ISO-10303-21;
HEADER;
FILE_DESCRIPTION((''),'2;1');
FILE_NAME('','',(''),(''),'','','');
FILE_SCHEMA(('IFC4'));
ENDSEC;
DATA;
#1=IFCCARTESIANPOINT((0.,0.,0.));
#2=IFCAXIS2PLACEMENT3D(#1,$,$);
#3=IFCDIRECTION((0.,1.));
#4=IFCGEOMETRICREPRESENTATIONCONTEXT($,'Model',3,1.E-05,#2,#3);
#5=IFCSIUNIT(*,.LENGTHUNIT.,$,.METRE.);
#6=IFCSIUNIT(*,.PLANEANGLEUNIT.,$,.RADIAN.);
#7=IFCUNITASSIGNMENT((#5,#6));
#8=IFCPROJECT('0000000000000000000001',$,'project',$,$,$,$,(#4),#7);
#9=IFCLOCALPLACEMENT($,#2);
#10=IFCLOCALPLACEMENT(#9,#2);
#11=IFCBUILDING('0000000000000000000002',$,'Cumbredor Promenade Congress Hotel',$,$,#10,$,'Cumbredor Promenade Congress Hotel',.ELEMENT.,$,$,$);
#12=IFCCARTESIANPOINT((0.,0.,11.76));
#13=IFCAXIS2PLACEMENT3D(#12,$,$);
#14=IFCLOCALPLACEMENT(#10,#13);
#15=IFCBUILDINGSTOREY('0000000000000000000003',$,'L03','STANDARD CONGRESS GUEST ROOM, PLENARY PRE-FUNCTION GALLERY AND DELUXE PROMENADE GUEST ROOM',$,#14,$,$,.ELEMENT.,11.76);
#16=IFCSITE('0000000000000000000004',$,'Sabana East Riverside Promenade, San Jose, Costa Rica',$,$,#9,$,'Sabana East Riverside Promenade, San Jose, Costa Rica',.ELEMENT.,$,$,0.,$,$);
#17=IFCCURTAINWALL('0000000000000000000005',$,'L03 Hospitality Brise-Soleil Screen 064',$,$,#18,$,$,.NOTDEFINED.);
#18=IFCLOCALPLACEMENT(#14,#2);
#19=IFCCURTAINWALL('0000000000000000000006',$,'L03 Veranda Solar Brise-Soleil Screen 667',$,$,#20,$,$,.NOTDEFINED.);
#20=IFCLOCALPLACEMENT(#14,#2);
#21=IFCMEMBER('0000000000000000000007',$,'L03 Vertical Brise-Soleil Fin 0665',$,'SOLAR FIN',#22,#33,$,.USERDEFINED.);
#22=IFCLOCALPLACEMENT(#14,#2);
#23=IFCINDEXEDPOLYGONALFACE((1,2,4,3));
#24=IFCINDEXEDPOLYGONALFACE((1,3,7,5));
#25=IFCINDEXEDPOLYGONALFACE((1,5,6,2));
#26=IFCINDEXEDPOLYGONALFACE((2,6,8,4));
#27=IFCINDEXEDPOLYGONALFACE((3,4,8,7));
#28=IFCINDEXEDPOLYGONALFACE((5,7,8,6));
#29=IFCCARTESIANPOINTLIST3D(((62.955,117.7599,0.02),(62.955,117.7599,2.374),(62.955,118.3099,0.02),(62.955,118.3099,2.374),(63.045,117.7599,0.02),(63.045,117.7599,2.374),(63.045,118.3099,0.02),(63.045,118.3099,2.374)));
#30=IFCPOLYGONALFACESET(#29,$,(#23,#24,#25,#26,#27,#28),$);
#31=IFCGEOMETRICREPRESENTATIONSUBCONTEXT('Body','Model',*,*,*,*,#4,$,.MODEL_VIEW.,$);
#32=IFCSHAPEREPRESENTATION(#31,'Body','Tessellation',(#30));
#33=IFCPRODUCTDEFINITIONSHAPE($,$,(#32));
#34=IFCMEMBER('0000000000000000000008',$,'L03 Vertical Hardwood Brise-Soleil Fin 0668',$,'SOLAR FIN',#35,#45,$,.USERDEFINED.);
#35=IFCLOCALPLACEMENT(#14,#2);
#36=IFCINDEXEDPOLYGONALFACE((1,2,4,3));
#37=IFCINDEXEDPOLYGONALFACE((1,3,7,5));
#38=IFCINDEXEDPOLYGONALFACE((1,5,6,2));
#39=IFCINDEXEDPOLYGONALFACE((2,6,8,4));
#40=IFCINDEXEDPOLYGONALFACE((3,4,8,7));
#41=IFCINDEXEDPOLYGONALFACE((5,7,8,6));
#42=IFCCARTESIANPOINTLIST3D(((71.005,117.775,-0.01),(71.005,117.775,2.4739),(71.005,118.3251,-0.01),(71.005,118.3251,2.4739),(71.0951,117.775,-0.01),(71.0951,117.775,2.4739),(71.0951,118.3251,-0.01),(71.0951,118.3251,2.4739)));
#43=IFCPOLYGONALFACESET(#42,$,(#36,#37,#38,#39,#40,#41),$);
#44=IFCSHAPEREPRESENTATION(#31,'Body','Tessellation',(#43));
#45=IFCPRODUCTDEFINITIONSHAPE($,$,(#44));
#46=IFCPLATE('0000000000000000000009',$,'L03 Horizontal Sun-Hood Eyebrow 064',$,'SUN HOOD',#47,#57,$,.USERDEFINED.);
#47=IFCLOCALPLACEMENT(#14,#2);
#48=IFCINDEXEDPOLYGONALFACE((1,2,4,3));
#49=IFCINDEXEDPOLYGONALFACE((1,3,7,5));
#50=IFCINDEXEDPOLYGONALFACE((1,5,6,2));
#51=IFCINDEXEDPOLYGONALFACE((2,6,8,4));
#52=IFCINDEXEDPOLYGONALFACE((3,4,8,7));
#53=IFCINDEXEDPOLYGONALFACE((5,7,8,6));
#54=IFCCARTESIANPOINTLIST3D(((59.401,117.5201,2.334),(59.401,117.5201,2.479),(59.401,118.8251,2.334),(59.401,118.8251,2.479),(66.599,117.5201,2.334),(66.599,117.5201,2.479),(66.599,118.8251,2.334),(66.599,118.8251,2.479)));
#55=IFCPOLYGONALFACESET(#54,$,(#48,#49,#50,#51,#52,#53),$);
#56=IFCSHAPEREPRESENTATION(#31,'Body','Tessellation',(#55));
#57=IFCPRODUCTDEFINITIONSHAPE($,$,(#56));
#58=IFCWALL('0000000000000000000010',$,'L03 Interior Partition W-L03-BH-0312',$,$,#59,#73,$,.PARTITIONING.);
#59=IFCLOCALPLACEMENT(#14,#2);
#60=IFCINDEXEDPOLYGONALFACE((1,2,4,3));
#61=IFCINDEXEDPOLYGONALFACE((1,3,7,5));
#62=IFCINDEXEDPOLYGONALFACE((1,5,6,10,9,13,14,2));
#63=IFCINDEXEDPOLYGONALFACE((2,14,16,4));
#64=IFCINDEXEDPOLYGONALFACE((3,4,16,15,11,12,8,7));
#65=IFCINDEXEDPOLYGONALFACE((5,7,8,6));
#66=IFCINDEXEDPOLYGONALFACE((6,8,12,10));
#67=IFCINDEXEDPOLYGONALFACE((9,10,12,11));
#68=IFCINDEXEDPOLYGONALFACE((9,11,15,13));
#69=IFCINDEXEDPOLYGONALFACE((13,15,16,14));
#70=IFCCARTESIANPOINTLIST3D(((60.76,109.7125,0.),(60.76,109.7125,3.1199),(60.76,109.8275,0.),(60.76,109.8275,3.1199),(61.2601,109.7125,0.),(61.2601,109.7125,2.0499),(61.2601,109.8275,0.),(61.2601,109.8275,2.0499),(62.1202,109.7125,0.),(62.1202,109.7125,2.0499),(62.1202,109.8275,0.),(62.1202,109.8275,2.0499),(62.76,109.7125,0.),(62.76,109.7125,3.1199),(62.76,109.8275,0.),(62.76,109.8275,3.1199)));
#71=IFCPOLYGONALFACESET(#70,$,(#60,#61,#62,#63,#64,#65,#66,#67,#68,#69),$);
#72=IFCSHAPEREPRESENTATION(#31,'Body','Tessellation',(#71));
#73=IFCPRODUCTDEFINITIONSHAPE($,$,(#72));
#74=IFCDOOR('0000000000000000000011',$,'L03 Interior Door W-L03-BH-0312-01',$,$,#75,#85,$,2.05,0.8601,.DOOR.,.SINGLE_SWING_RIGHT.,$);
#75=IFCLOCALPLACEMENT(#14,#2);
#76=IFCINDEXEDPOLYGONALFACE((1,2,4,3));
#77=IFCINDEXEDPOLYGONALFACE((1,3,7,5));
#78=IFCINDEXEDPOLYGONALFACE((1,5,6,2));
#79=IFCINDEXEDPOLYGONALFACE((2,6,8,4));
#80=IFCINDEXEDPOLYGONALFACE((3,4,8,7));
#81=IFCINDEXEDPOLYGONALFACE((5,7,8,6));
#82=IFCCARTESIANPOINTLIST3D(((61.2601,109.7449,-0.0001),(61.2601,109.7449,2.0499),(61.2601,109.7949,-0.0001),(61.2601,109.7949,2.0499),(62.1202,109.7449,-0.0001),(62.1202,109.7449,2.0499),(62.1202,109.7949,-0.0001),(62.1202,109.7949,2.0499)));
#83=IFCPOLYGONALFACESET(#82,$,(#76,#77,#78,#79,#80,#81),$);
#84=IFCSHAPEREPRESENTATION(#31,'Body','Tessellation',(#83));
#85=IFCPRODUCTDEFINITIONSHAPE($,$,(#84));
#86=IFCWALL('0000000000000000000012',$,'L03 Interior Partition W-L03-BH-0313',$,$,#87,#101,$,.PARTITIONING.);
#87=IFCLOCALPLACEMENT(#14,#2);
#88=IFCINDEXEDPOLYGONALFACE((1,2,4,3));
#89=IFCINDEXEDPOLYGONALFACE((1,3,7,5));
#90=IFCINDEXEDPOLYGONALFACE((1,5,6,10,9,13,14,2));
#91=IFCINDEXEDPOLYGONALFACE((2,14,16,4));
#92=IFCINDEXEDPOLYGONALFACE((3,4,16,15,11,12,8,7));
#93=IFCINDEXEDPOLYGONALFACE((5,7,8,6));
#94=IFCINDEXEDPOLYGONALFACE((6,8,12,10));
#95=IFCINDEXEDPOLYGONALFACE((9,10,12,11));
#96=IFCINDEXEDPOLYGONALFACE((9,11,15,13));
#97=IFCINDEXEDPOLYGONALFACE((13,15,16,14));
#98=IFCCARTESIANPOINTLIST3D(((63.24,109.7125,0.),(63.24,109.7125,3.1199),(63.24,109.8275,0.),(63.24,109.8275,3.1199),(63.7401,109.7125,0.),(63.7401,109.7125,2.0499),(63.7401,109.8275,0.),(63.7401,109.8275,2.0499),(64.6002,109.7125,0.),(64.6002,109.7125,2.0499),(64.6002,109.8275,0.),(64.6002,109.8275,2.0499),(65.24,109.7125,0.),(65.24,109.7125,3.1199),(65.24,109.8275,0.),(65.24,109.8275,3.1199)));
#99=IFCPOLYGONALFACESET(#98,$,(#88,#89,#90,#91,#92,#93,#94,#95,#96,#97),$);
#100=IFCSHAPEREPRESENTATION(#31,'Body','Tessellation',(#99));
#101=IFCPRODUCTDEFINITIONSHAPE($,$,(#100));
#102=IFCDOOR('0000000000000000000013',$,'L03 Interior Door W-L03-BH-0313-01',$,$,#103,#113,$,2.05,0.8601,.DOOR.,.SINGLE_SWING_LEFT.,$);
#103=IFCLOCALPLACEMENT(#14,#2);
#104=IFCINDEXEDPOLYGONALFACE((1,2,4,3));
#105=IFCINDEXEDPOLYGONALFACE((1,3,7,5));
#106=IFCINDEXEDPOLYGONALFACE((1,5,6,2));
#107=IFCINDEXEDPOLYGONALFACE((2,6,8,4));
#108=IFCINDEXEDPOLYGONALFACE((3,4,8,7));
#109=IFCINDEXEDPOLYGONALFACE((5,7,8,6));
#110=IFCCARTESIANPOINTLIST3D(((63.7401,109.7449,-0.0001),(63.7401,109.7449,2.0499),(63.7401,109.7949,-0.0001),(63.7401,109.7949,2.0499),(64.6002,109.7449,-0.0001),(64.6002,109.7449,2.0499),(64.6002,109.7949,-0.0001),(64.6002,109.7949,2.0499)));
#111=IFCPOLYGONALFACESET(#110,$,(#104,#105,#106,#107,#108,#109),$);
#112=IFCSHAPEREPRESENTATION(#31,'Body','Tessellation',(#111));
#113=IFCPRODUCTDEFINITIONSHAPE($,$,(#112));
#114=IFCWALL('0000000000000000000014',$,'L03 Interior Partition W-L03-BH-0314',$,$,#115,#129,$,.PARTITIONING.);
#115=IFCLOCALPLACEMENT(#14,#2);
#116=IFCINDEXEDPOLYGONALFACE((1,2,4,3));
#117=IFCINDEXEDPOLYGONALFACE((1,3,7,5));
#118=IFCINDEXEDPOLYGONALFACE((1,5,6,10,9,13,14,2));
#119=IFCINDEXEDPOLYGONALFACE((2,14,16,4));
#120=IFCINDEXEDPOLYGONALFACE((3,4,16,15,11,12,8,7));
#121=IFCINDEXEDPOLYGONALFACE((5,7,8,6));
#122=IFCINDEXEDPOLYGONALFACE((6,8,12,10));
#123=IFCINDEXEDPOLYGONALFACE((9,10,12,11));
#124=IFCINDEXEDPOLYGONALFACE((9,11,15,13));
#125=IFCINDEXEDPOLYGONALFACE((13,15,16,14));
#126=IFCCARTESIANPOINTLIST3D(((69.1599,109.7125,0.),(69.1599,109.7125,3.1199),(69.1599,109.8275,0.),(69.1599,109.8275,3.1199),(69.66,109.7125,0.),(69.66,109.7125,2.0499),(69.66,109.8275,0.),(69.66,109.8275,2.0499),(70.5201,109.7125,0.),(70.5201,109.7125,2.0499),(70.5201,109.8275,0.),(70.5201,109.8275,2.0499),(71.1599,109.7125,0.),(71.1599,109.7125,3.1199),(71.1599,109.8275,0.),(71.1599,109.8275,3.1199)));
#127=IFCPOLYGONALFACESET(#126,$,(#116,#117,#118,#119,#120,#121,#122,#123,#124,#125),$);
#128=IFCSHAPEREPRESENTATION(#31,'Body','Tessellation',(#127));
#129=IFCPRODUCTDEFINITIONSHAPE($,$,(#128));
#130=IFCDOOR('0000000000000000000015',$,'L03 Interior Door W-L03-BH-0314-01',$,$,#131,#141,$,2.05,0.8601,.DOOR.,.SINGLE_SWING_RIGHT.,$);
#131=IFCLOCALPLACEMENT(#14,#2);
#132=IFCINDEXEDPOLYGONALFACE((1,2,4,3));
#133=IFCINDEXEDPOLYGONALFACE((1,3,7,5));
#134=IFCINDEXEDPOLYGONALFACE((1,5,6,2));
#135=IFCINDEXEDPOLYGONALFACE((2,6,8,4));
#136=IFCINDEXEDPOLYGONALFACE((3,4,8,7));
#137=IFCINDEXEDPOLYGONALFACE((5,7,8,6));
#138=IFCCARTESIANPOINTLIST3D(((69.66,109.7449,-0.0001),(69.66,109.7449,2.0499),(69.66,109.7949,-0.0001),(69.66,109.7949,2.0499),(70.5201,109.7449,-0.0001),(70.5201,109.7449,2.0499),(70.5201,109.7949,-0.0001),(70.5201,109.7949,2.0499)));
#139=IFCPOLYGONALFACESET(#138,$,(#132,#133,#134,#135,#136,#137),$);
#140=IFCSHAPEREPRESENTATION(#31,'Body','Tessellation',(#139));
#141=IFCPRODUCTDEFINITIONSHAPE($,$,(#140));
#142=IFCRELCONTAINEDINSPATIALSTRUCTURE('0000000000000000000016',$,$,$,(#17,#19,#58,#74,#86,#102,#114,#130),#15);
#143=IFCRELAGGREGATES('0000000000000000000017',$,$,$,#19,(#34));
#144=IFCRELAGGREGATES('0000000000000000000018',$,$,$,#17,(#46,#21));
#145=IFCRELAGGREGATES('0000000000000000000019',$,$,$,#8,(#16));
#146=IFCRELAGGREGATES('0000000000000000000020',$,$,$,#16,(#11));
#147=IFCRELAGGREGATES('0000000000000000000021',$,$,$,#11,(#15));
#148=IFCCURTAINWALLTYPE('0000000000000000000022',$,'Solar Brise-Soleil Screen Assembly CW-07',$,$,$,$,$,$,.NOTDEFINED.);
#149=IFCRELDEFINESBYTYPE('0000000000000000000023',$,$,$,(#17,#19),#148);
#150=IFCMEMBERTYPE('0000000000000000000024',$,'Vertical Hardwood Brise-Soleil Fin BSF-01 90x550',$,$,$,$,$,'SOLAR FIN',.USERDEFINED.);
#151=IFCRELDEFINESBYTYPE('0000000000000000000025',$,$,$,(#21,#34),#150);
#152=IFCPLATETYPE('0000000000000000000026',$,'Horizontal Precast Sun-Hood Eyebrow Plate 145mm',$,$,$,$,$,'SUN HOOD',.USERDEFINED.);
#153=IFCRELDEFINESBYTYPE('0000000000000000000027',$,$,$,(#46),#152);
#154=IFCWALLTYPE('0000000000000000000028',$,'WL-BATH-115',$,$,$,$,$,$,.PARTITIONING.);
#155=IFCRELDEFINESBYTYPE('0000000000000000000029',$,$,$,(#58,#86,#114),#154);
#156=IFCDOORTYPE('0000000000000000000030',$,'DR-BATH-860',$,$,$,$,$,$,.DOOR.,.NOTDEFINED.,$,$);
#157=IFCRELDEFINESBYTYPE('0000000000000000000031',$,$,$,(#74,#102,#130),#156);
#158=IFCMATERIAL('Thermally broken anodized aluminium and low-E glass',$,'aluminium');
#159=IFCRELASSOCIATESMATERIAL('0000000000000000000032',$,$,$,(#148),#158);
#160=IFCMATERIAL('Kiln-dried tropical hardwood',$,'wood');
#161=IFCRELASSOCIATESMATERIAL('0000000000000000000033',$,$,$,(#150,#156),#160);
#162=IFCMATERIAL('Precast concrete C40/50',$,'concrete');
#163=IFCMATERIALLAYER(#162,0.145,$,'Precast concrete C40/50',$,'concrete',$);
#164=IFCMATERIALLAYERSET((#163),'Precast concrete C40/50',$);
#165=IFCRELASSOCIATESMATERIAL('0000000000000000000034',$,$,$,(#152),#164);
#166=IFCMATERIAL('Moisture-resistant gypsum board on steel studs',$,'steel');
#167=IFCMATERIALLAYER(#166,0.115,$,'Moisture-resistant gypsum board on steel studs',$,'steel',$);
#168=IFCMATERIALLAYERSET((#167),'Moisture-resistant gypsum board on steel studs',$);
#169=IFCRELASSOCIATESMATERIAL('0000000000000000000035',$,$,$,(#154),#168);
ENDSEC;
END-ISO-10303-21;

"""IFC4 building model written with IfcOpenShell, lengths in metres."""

from ifc_helpers import new_model, si_unit, direction, frame, frame_2d, origin, origin_2d, place, context, subcontext, project, spatial, rectangle, extrude, material, layer, layer_set, material_profile, profile_set, type_object, element, fill, aggregate, save


model = new_model("IFC4")

# Units and contexts
model_context = context("Model", 3, precision=1e-05, world=origin(), true_north=direction((0.0, 1.0)))
body_context = subcontext(model_context, "Body", "Model", "MODEL_VIEW")
ifc_project = project(units=[si_unit("LENGTHUNIT", "METRE"), si_unit("PLANEANGLEUNIT", "RADIAN")], contexts=[model_context])

# Site, building, storey
site_placement = place(None, origin())
site = spatial("IfcSite", under=ifc_project, at=site_placement, Name="Sabana East Riverside Promenade, San Jose, Costa Rica", LongName="Sabana East Riverside Promenade, San Jose, Costa Rica", CompositionType="ELEMENT", RefElevation=0.0)
building_placement = place(site_placement, origin())
building = spatial("IfcBuilding", under=site, at=building_placement, Name="Cumbredor Promenade Congress Hotel", LongName="Cumbredor Promenade Congress Hotel", CompositionType="ELEMENT")
storey_placement = place(building_placement, frame((0.0, 0.0, 11.76)))
storey = spatial("IfcBuildingStorey", under=building, at=storey_placement, Name="L03", Description="STANDARD CONGRESS GUEST ROOM, PLENARY PRE-FUNCTION GALLERY AND DELUXE PROMENADE GUEST ROOM", CompositionType="ELEMENT", Elevation=11.76)

# Curtain walls
ifc_material_1 = material(Name="Thermally broken anodized aluminium and low-E glass", Category="aluminium")
curtain_wall_type = type_object("IfcCurtainWallType", Name="Solar Brise-Soleil Screen Assembly CW-07", PredefinedType="NOTDEFINED", material=ifc_material_1)
curtain_wall_1_placement = place(storey_placement, origin())
curtain_wall_1 = element("IfcCurtainWall", 1, at=curtain_wall_1_placement, inside=storey, type_object=curtain_wall_type, Name="L03 Hospitality Brise-Soleil Screen 064", PredefinedType="NOTDEFINED")
curtain_wall_2_placement = place(storey_placement, origin())
curtain_wall_2 = element("IfcCurtainWall", 2, at=curtain_wall_2_placement, inside=storey, type_object=curtain_wall_type, Name="L03 Veranda Solar Brise-Soleil Screen 667", PredefinedType="NOTDEFINED")

# Members
ifc_material_2 = material(Name="Kiln-dried tropical hardwood", Category="wood")
ifc_material_profile_1 = material_profile(ifc_material_2, rectangle(XDim=0.0901, YDim=0.55, at=origin_2d()), Name="ARCH FIN 90x550")
ifc_profile_set_1 = profile_set([ifc_material_profile_1], Name="Kiln-dried tropical hardwood")
member_type_1 = type_object("IfcMemberType", Name="Vertical Hardwood Brise-Soleil Fin BSF-01 90x550", ElementType="SOLAR FIN", PredefinedType="USERDEFINED", material=ifc_profile_set_1)
member_1_placement = place(storey_placement, frame((63.0, 118.0349, 0.02), z_axis=(0.0, 0.0, 1.0), x_axis=(1.0, 0.0, 0.0)))
member_1 = element("IfcMember", 3, at=member_1_placement, type_object=member_type_1, Name="L03 Vertical Brise-Soleil Fin 0665", ObjectType="SOLAR FIN", PredefinedType="USERDEFINED", context=body_context, shape_type="SweptSolid", body=[
    extrude(rectangle(XDim=0.0901, YDim=0.55, at=origin_2d()), origin(), (0.0, 0.0, 1.0), 2.354),
])
member_2_placement = place(storey_placement, frame((71.05, 118.05, -0.01), z_axis=(0.0, 0.0, 1.0), x_axis=(1.0, 0.0, 0.0)))
member_2 = element("IfcMember", 4, at=member_2_placement, type_object=member_type_1, Name="L03 Vertical Hardwood Brise-Soleil Fin 0668", ObjectType="SOLAR FIN", PredefinedType="USERDEFINED", context=body_context, shape_type="SweptSolid", body=[
    extrude(rectangle(XDim=0.0901, YDim=0.55, at=origin_2d()), origin(), (0.0, 0.0, 1.0), 2.4839),
])
aggregate(curtain_wall_2, [member_2])

# Plate
ifc_material_3 = material(Name="Precast concrete C40/50", Category="concrete")
ifc_layer_1 = layer(ifc_material_3, 0.145, Name="Precast concrete C40/50", Category="concrete")
ifc_layer_set_1 = layer_set([ifc_layer_1], Name="Precast concrete C40/50")
plate_type = type_object("IfcPlateType", Name="Horizontal Precast Sun-Hood Eyebrow Plate 145mm", ElementType="SUN HOOD", PredefinedType="USERDEFINED", material=ifc_layer_set_1)
plate_placement = place(storey_placement, frame((63.0, 118.1726, 2.334), z_axis=(0.0, 0.0, 1.0), x_axis=(1.0, 0.0, 0.0)))
plate = element("IfcPlate", 5, at=plate_placement, type_object=plate_type, Name="L03 Horizontal Sun-Hood Eyebrow 064", ObjectType="SUN HOOD", PredefinedType="USERDEFINED", context=body_context, shape_type="SweptSolid", body=[
    extrude(rectangle(XDim=7.198, YDim=1.3049, at=origin_2d()), origin(), (0.0, 0.0, 1.0), 0.145),
])
aggregate(curtain_wall_1, [plate, member_1])

# Walls, openings, doors
ifc_material_4 = material(Name="Moisture-resistant gypsum board on steel studs", Category="steel")
ifc_layer_2 = layer(ifc_material_4, 0.115, Name="Moisture-resistant gypsum board on steel studs", Category="steel")
ifc_layer_set_2 = layer_set([ifc_layer_2], Name="Moisture-resistant gypsum board on steel studs")
wall_type_1 = type_object("IfcWallType", Name="WL-BATH-115", PredefinedType="PARTITIONING", material=ifc_layer_set_2)
wall_1_placement = place(storey_placement, frame((60.76, 109.77, 0.0), z_axis=(0.0, 0.0, 1.0), x_axis=(1.0, 0.0, 0.0)))
wall_1 = element("IfcWall", 6, at=wall_1_placement, inside=storey, type_object=wall_type_1, Name="L03 Interior Partition W-L03-BH-0312", PredefinedType="PARTITIONING", context=body_context, shape_type="SweptSolid", body=[
    extrude(rectangle(XDim=2.0, YDim=0.115, at=frame_2d((1.0, 0.0))), origin(), (0.0, 0.0, 1.0), 3.1199),
])
opening_1_placement = place(wall_1_placement, frame((0.5, 0.0, 0.0)))
opening_1 = element("IfcOpeningElement", 7, at=opening_1_placement, cuts=wall_1, PredefinedType="OPENING", context=body_context, shape_type="SweptSolid", body=[
    extrude(rectangle(XDim=0.8601, YDim=2.05, at=frame_2d((0.4302, 1.0249))), frame((0.0, 0.0674, 0.0), z_axis=(0.0, -1.0, 0.0), x_axis=(1.0, 0.0, 0.0)), (0.0, 0.0, 1.0), 0.135),
])
door_type_1 = type_object("IfcDoorType", Name="DR-BATH-860", OperationType="NOTDEFINED", PredefinedType="DOOR", material=ifc_material_2)
door_1_placement = place(opening_1_placement, origin())
door_1 = element("IfcDoor", 8, at=door_1_placement, inside=storey, type_object=door_type_1, Name="L03 Interior Door W-L03-BH-0312-01", OperationType="SINGLE_SWING_RIGHT", OverallHeight=2.05, OverallWidth=0.8601, PredefinedType="DOOR", context=body_context, shape_type="SweptSolid", body=[
    extrude(rectangle(XDim=0.8601, YDim=2.05, at=frame_2d((0.4302, 1.0249))), frame((0.0, 0.0249, 0.0), z_axis=(0.0, -1.0, 0.0), x_axis=(1.0, 0.0, 0.0)), (0.0, 0.0, 1.0), 0.05),
])
fill(opening_1, door_1)
wall_2_placement = place(storey_placement, frame((63.24, 109.77, 0.0), z_axis=(0.0, 0.0, 1.0), x_axis=(1.0, 0.0, 0.0)))
wall_2 = element("IfcWall", 9, at=wall_2_placement, inside=storey, type_object=wall_type_1, Name="L03 Interior Partition W-L03-BH-0313", PredefinedType="PARTITIONING", context=body_context, shape_type="SweptSolid", body=[
    extrude(rectangle(XDim=2.0, YDim=0.115, at=frame_2d((1.0, 0.0))), origin(), (0.0, 0.0, 1.0), 3.1199),
])
opening_2_placement = place(wall_2_placement, frame((0.5, 0.0, 0.0)))
opening_2 = element("IfcOpeningElement", 10, at=opening_2_placement, cuts=wall_2, PredefinedType="OPENING", context=body_context, shape_type="SweptSolid", body=[
    extrude(rectangle(XDim=0.8601, YDim=2.05, at=frame_2d((0.4302, 1.0249))), frame((0.0, 0.0674, 0.0), z_axis=(0.0, -1.0, 0.0), x_axis=(1.0, 0.0, 0.0)), (0.0, 0.0, 1.0), 0.135),
])
door_2_placement = place(opening_2_placement, origin())
door_2 = element("IfcDoor", 11, at=door_2_placement, inside=storey, type_object=door_type_1, Name="L03 Interior Door W-L03-BH-0313-01", OperationType="SINGLE_SWING_LEFT", OverallHeight=2.05, OverallWidth=0.8601, PredefinedType="DOOR", context=body_context, shape_type="SweptSolid", body=[
    extrude(rectangle(XDim=0.8601, YDim=2.05, at=frame_2d((0.4302, 1.0249))), frame((0.0, 0.0249, 0.0), z_axis=(0.0, -1.0, 0.0), x_axis=(1.0, 0.0, 0.0)), (0.0, 0.0, 1.0), 0.05),
])
fill(opening_2, door_2)
wall_3_placement = place(storey_placement, frame((69.1599, 109.77, 0.0), z_axis=(0.0, 0.0, 1.0), x_axis=(1.0, 0.0, 0.0)))
wall_3 = element("IfcWall", 12, at=wall_3_placement, inside=storey, type_object=wall_type_1, Name="L03 Interior Partition W-L03-BH-0314", PredefinedType="PARTITIONING", context=body_context, shape_type="SweptSolid", body=[
    extrude(rectangle(XDim=2.0, YDim=0.115, at=frame_2d((1.0, 0.0))), origin(), (0.0, 0.0, 1.0), 3.1199),
])
opening_3_placement = place(wall_3_placement, frame((0.5, 0.0, 0.0)))
opening_3 = element("IfcOpeningElement", 13, at=opening_3_placement, cuts=wall_3, PredefinedType="OPENING", context=body_context, shape_type="SweptSolid", body=[
    extrude(rectangle(XDim=0.8601, YDim=2.05, at=frame_2d((0.4302, 1.0249))), frame((0.0, 0.0674, 0.0), z_axis=(0.0, -1.0, 0.0), x_axis=(1.0, 0.0, 0.0)), (0.0, 0.0, 1.0), 0.135),
])
door_3_placement = place(opening_3_placement, origin())
door_3 = element("IfcDoor", 14, at=door_3_placement, inside=storey, type_object=door_type_1, Name="L03 Interior Door W-L03-BH-0314-01", OperationType="SINGLE_SWING_RIGHT", OverallHeight=2.05, OverallWidth=0.8601, PredefinedType="DOOR", context=body_context, shape_type="SweptSolid", body=[
    extrude(rectangle(XDim=0.8601, YDim=2.05, at=frame_2d((0.4302, 1.0249))), frame((0.0, 0.0249, 0.0), z_axis=(0.0, -1.0, 0.0), x_axis=(1.0, 0.0, 0.0)), (0.0, 0.0, 1.0), 0.05),
])
fill(opening_3, door_3)

save(model, "model.ifc")
